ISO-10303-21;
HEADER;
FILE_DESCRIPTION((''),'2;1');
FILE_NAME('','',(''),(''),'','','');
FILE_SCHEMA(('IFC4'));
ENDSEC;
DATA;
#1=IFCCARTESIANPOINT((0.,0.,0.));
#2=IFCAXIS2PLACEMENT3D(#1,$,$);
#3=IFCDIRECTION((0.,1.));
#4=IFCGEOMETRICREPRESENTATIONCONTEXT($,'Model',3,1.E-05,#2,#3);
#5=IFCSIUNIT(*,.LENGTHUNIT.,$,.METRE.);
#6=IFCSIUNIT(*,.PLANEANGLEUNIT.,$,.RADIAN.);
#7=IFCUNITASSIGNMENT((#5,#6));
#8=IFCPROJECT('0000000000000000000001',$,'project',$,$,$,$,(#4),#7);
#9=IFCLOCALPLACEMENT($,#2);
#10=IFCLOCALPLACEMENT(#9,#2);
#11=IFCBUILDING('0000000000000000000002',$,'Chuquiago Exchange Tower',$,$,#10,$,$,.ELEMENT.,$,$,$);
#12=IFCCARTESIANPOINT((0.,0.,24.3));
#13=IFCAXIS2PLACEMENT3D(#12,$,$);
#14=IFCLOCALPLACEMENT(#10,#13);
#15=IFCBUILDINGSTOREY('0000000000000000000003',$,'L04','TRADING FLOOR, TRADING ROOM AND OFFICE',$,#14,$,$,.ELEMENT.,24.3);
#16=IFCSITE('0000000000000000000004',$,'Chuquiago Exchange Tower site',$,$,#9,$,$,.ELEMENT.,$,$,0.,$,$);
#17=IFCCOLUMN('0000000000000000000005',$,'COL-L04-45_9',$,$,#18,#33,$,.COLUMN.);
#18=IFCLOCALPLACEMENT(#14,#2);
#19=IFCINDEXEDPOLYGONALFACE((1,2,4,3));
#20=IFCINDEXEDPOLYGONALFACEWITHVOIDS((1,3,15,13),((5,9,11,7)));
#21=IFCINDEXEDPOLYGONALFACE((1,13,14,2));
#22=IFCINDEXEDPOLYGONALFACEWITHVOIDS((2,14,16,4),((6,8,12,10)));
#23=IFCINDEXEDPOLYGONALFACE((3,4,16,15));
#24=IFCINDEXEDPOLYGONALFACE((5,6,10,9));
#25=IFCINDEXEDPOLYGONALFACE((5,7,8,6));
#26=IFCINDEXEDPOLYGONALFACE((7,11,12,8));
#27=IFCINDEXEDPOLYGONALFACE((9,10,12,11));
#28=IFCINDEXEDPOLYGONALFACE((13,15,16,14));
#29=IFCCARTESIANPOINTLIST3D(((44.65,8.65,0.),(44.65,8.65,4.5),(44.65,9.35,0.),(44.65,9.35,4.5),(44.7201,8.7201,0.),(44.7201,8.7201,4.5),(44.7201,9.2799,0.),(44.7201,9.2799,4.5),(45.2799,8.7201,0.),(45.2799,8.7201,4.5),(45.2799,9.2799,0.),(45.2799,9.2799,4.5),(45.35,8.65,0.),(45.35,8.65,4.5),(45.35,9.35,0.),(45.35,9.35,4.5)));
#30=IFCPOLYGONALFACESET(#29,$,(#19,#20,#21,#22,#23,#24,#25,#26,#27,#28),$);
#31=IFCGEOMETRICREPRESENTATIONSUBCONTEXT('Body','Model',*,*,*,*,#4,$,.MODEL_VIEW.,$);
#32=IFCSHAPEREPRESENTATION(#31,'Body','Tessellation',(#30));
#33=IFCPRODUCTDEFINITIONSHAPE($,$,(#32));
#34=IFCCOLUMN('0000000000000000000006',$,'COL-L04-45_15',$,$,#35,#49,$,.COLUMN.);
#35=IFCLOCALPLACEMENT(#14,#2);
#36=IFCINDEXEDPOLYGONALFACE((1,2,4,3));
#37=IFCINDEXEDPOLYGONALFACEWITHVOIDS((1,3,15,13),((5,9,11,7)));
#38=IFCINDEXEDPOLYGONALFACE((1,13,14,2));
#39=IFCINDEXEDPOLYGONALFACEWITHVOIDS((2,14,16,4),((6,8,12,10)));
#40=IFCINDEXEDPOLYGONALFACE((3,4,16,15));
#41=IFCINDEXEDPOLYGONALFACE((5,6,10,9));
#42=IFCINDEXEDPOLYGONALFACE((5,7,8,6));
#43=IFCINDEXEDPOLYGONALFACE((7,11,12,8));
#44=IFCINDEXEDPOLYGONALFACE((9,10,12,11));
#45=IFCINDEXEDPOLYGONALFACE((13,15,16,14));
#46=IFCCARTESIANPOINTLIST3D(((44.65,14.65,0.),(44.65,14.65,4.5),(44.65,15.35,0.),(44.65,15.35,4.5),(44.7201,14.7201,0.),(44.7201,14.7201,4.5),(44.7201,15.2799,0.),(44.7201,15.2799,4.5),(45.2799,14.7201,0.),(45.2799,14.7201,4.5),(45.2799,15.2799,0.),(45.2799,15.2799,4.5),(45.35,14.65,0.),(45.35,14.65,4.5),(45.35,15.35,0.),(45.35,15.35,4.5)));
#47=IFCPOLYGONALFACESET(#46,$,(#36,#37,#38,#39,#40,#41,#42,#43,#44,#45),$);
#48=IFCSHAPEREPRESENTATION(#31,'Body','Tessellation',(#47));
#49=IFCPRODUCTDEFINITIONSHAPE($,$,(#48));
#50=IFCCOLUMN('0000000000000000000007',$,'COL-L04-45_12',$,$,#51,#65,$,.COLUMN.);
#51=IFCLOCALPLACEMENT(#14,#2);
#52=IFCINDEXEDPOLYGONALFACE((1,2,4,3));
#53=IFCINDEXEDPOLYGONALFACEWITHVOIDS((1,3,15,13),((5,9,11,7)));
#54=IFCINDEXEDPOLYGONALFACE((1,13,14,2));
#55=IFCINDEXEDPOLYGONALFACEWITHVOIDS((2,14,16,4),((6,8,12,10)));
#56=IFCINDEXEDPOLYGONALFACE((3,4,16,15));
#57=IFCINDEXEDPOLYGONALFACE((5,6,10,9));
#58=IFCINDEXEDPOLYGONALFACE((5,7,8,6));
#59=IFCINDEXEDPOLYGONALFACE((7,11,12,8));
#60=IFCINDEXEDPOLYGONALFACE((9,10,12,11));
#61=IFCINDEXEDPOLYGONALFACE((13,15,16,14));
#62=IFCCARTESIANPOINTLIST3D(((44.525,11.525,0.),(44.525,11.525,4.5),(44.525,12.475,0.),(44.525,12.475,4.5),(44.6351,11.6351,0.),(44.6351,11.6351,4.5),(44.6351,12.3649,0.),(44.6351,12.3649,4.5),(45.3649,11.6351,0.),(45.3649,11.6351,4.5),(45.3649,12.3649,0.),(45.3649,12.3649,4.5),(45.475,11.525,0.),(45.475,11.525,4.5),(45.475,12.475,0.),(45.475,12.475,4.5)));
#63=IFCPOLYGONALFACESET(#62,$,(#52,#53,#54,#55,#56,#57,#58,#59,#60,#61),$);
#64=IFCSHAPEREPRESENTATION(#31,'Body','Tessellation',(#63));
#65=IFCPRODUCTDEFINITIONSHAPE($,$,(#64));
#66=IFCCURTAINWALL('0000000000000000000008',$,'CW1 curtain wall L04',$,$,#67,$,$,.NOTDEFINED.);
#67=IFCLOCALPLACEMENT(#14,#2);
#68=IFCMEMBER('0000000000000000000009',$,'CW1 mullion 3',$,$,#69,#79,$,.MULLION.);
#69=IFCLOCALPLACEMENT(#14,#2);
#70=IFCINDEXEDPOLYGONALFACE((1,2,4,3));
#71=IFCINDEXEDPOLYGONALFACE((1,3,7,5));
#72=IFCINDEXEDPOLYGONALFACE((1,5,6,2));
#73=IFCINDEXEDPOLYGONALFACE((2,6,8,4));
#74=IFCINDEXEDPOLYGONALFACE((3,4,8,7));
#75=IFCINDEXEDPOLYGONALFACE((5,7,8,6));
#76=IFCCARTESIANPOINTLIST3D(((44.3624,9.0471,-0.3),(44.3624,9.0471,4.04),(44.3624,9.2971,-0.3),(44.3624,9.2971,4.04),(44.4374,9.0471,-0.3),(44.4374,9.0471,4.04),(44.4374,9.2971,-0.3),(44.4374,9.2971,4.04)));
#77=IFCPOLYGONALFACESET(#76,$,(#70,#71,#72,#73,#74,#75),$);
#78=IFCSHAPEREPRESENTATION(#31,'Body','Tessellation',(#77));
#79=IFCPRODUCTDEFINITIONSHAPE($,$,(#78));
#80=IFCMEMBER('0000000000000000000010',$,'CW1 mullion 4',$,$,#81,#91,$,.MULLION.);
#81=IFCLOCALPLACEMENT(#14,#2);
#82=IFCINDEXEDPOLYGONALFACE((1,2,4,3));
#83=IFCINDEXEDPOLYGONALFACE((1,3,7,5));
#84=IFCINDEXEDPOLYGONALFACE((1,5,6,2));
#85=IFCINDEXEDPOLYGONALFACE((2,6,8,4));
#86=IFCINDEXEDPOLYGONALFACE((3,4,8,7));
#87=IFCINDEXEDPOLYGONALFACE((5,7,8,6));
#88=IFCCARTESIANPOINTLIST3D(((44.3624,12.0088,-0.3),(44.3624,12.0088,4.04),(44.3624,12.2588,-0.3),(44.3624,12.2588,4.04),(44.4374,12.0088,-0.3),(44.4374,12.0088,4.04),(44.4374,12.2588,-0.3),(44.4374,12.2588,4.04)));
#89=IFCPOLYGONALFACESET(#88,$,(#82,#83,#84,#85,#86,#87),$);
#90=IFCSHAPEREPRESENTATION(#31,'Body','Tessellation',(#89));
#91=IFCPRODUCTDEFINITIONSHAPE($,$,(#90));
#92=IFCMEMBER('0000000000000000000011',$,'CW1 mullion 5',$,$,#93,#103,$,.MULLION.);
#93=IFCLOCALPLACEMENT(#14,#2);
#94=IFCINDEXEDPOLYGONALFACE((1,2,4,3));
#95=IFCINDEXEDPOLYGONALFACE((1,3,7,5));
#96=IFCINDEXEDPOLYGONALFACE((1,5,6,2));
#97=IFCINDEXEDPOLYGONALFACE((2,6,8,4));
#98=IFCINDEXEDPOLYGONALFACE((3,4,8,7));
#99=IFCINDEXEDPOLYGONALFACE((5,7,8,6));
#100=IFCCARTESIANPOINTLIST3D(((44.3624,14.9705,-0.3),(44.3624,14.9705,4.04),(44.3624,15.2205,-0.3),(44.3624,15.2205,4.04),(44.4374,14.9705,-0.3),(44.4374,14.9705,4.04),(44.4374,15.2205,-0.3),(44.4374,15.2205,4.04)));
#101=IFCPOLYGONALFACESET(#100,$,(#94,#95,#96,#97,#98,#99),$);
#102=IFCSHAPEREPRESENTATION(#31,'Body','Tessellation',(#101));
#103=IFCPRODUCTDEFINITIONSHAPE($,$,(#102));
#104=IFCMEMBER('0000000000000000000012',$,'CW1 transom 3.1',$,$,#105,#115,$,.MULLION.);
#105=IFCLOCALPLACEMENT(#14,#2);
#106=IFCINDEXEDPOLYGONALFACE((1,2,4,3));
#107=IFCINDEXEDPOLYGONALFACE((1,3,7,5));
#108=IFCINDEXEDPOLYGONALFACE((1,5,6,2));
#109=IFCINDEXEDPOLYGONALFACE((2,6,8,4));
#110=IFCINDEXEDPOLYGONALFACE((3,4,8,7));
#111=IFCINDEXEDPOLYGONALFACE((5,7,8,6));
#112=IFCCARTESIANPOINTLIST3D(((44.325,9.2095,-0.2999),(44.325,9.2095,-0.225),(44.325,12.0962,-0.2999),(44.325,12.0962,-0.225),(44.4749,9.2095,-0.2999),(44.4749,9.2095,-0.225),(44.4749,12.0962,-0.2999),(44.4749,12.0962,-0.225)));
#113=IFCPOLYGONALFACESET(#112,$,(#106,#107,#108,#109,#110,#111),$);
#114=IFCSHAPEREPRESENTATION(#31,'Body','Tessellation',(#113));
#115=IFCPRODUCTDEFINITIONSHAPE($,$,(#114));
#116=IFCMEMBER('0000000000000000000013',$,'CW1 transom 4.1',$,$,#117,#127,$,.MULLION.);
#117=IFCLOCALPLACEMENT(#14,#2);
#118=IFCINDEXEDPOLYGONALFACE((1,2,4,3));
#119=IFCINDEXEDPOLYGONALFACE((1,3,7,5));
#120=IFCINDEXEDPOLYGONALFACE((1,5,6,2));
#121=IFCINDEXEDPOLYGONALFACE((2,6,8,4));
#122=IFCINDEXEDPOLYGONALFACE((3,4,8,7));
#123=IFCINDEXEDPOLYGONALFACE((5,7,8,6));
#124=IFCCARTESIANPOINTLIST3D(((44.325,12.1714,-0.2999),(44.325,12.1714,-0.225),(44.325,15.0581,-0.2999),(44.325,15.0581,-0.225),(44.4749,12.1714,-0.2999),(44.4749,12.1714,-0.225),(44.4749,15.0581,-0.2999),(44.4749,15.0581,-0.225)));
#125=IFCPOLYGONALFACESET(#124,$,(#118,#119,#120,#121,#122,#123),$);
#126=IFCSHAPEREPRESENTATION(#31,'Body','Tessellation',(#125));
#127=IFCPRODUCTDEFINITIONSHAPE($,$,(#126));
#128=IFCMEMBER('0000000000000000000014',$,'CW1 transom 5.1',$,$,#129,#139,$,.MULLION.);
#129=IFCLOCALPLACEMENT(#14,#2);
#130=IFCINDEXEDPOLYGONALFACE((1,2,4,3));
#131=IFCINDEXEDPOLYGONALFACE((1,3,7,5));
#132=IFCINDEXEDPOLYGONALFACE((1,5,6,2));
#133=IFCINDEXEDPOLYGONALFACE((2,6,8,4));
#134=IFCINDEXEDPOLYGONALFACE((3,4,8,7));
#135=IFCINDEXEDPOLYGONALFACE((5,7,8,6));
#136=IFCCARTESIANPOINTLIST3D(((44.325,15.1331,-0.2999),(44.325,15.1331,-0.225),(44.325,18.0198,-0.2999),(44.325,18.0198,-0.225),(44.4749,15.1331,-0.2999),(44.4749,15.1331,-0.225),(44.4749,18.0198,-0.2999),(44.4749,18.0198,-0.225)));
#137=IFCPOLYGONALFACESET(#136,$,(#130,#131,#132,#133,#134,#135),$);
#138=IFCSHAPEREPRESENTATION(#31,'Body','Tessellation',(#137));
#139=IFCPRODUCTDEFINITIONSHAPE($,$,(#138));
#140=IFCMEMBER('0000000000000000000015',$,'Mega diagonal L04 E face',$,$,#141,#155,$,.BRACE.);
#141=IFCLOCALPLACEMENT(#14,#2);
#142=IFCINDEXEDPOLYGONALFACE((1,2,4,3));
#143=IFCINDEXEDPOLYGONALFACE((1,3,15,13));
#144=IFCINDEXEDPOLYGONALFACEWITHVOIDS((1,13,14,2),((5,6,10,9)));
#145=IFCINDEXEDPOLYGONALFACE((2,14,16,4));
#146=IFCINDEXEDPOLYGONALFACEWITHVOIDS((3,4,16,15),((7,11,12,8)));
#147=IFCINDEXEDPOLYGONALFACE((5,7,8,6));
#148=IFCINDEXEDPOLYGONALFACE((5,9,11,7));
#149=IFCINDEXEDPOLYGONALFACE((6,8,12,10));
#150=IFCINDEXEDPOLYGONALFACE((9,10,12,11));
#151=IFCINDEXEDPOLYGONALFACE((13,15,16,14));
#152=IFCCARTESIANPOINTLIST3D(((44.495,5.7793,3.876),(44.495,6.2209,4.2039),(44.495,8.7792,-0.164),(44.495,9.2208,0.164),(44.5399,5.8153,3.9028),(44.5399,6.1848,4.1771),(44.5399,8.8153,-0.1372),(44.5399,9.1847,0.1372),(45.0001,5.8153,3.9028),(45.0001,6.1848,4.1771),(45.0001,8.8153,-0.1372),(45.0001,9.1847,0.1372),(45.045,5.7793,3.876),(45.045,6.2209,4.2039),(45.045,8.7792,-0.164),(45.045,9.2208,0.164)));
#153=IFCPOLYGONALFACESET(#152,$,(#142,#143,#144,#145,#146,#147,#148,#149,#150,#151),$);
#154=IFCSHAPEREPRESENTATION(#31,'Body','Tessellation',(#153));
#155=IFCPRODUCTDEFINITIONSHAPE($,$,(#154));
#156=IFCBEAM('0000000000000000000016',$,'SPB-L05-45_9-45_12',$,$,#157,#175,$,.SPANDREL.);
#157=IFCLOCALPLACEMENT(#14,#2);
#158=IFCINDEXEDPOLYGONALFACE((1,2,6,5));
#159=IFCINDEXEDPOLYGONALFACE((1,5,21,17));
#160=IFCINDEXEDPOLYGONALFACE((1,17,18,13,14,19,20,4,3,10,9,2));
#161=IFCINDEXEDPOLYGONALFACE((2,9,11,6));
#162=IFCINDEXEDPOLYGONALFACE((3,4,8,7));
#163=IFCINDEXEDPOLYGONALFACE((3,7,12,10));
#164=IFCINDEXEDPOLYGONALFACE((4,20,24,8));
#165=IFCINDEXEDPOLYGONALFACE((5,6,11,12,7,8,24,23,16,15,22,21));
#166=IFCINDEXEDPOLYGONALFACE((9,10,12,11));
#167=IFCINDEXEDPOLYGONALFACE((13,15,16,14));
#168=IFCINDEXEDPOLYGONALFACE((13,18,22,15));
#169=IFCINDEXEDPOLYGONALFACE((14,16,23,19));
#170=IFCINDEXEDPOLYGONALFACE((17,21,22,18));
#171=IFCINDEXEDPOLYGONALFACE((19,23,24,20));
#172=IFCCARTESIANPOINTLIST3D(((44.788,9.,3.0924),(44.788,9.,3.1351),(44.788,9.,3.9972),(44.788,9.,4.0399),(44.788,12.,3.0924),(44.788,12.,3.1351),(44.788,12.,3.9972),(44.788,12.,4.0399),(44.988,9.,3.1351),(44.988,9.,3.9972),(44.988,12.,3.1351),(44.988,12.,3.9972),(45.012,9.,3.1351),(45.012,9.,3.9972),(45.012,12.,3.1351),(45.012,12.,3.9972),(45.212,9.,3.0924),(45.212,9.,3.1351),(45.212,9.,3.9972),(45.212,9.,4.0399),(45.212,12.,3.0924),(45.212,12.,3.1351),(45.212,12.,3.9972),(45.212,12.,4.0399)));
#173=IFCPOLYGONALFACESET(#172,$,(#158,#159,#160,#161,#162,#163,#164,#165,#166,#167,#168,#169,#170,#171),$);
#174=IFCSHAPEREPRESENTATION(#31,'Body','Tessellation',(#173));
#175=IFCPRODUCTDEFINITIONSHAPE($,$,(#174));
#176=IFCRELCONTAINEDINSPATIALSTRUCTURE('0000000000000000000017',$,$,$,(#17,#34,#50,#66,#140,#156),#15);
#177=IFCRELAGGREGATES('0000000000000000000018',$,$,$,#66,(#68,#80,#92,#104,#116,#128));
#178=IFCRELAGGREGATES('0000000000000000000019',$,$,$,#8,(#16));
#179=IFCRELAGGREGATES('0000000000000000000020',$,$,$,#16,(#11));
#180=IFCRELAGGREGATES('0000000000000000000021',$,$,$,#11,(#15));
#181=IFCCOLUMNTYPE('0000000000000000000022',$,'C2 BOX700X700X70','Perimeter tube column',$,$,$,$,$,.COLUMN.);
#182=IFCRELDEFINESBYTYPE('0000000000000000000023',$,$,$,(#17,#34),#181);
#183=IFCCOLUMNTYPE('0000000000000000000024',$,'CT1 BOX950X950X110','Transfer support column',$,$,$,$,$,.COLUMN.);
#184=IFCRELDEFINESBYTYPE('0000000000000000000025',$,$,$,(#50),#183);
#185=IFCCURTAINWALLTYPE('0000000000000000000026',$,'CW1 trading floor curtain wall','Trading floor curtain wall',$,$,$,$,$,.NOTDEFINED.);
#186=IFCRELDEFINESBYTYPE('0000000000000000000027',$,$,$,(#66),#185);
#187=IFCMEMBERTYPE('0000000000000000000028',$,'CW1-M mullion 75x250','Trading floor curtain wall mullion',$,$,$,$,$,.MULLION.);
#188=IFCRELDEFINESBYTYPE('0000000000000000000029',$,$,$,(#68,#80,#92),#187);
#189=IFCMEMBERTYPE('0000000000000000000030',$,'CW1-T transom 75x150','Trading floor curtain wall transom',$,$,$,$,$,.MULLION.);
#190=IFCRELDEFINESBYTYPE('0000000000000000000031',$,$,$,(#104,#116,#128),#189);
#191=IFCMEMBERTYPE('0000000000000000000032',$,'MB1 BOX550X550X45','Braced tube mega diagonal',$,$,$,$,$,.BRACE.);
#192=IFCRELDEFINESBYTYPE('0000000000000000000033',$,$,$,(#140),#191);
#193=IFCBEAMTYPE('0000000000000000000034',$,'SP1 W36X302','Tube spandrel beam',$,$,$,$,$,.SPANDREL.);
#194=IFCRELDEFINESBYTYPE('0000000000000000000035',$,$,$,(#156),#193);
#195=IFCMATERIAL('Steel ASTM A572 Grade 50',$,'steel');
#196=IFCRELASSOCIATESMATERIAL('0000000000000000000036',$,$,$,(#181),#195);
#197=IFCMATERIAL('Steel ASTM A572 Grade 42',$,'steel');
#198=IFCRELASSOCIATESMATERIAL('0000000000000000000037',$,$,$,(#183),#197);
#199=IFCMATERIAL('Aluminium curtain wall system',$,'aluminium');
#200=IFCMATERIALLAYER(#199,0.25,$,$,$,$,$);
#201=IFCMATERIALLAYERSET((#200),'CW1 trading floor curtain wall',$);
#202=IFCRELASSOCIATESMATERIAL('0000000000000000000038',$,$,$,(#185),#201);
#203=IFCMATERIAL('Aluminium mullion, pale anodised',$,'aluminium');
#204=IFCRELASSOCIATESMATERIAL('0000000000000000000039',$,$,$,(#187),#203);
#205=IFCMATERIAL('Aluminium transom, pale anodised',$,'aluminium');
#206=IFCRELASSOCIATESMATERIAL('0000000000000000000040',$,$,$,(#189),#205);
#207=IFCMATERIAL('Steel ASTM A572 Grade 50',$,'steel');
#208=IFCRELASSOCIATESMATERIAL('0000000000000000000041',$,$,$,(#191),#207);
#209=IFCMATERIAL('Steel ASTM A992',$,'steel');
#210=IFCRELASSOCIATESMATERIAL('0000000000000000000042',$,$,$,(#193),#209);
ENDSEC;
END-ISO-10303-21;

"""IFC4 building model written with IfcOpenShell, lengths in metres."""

from ifc_helpers import new_model, si_unit, direction, frame, origin, origin_2d, place, context, subcontext, project, spatial, rectangle, hollow_rectangle, i_section, extrude, material, layer, layer_set, material_profile, profile_set, type_object, element, aggregate, save


model = new_model("IFC4")

# Units and contexts
model_context = context("Model", 3, precision=1e-05, world=origin(), true_north=direction((0.0, 1.0)))
body_context = subcontext(model_context, "Body", "Model", "MODEL_VIEW")
ifc_project = project(units=[si_unit("LENGTHUNIT", "METRE"), si_unit("PLANEANGLEUNIT", "RADIAN")], contexts=[model_context])

# Site, building, storey
site_placement = place(None, origin())
site = spatial("IfcSite", under=ifc_project, at=site_placement, Name="Chuquiago Exchange Tower site", CompositionType="ELEMENT", RefElevation=0.0)
building_placement = place(site_placement, origin())
building = spatial("IfcBuilding", under=site, at=building_placement, Name="Chuquiago Exchange Tower", CompositionType="ELEMENT")
storey_placement = place(building_placement, frame((0.0, 0.0, 24.3)))
storey = spatial("IfcBuildingStorey", under=building, at=storey_placement, Name="L04", Description="TRADING FLOOR, TRADING ROOM AND OFFICE", CompositionType="ELEMENT", Elevation=24.3)

# Columns
ifc_material_1 = material(Name="Steel ASTM A572 Grade 50", Category="steel")
ifc_material_profile_1 = material_profile(ifc_material_1, hollow_rectangle(XDim=0.7, YDim=0.7, WallThickness=0.0701, at=origin_2d()), Name="BOX700X700X70")
ifc_profile_set_1 = profile_set([ifc_material_profile_1], Name="Steel ASTM A572 Grade 50")
column_type_1 = type_object("IfcColumnType", Name="C2 BOX700X700X70", Description="Perimeter tube column", PredefinedType="COLUMN", material=ifc_profile_set_1)
for number, where, z_axis, x_axis, name in (
    (1, (45.0, 9.0, 0.0), (0.0, 0.0, 1.0), (1.0, 0.0, 0.0), "COL-L04-45_9"),
    (2, (45.0, 15.0, 0.0), (0.0, 0.0, 1.0), (1.0, 0.0, 0.0), "COL-L04-45_15"),
):
    element("IfcColumn", number, at=place(storey_placement, frame(where, z_axis=z_axis, x_axis=x_axis)), inside=storey, type_object=column_type_1, Name=name, PredefinedType="COLUMN", context=body_context, shape_type="SweptSolid", body=[
        extrude(hollow_rectangle(XDim=0.7, YDim=0.7, WallThickness=0.0701, at=origin_2d()), origin(), (0.0, 0.0, 1.0), 4.5),
    ])
ifc_material_2 = material(Name="Steel ASTM A572 Grade 42", Category="steel")
ifc_material_profile_2 = material_profile(ifc_material_2, hollow_rectangle(XDim=0.95, YDim=0.95, WallThickness=0.1101, at=origin_2d()), Name="BOX950X950X110")
ifc_profile_set_2 = profile_set([ifc_material_profile_2], Name="Steel ASTM A572 Grade 42")
column_type_2 = type_object("IfcColumnType", Name="CT1 BOX950X950X110", Description="Transfer support column", PredefinedType="COLUMN", material=ifc_profile_set_2)
column_placement = place(storey_placement, frame((45.0, 12.0, 0.0), z_axis=(0.0, 0.0, 1.0), x_axis=(1.0, 0.0, 0.0)))
element("IfcColumn", 3, at=column_placement, inside=storey, type_object=column_type_2, Name="COL-L04-45_12", PredefinedType="COLUMN", context=body_context, shape_type="SweptSolid", body=[
    extrude(hollow_rectangle(XDim=0.95, YDim=0.95, WallThickness=0.1101, at=origin_2d()), origin(), (0.0, 0.0, 1.0), 4.5),
])

# Curtain wall, members
ifc_material_3 = material(Name="Aluminium curtain wall system", Category="aluminium")
ifc_layer_1 = layer(ifc_material_3, 0.25)
ifc_layer_set_1 = layer_set([ifc_layer_1], Name="CW1 trading floor curtain wall")
curtain_wall_type = type_object("IfcCurtainWallType", Name="CW1 trading floor curtain wall", Description="Trading floor curtain wall", PredefinedType="NOTDEFINED", material=ifc_layer_set_1)
curtain_wall_placement = place(storey_placement, origin())
curtain_wall = element("IfcCurtainWall", 4, at=curtain_wall_placement, inside=storey, type_object=curtain_wall_type, Name="CW1 curtain wall L04", PredefinedType="NOTDEFINED")
ifc_material_4 = material(Name="Aluminium mullion, pale anodised", Category="aluminium")
ifc_material_profile_3 = material_profile(ifc_material_4, rectangle(XDim=0.075, YDim=0.25, at=origin_2d()), Name="AL 75x250")
ifc_profile_set_3 = profile_set([ifc_material_profile_3], Name="Aluminium mullion, pale anodised")
member_type_1 = type_object("IfcMemberType", Name="CW1-M mullion 75x250", Description="Trading floor curtain wall mullion", PredefinedType="MULLION", material=ifc_profile_set_3)
member_1_placement = place(storey_placement, frame((44.3999, 9.1721, -0.3), z_axis=(0.0, 0.0, 1.0), x_axis=(-1.0, 0.0, 0.0)))
member_1 = element("IfcMember", 5, at=member_1_placement, type_object=member_type_1, Name="CW1 mullion 3", PredefinedType="MULLION", context=body_context, shape_type="SweptSolid", body=[
    extrude(rectangle(XDim=0.075, YDim=0.25, at=origin_2d()), origin(), (0.0, 0.0, 1.0), 4.3401),
])
member_2_placement = place(storey_placement, frame((44.3999, 12.1338, -0.3), z_axis=(0.0, 0.0, 1.0), x_axis=(-1.0, 0.0, 0.0)))
member_2 = element("IfcMember", 6, at=member_2_placement, type_object=member_type_1, Name="CW1 mullion 4", PredefinedType="MULLION", context=body_context, shape_type="SweptSolid", body=[
    extrude(rectangle(XDim=0.075, YDim=0.25, at=origin_2d()), origin(), (0.0, 0.0, 1.0), 4.3401),
])
member_3_placement = place(storey_placement, frame((44.3999, 15.0955, -0.3), z_axis=(0.0, 0.0, 1.0), x_axis=(-1.0, 0.0, 0.0)))
member_3 = element("IfcMember", 7, at=member_3_placement, type_object=member_type_1, Name="CW1 mullion 5", PredefinedType="MULLION", context=body_context, shape_type="SweptSolid", body=[
    extrude(rectangle(XDim=0.075, YDim=0.25, at=origin_2d()), origin(), (0.0, 0.0, 1.0), 4.3401),
])
ifc_material_5 = material(Name="Aluminium transom, pale anodised", Category="aluminium")
ifc_material_profile_4 = material_profile(ifc_material_5, rectangle(XDim=0.1499, YDim=0.075, at=origin_2d()), Name="AL 150x75")
ifc_profile_set_4 = profile_set([ifc_material_profile_4], Name="Aluminium transom, pale anodised")
member_type_2 = type_object("IfcMemberType", Name="CW1-T transom 75x150", Description="Trading floor curtain wall transom", PredefinedType="MULLION", material=ifc_profile_set_4)
member_4_placement = place(storey_placement, frame((44.3999, 9.2095, -0.2625), z_axis=(0.0, 1.0, 0.0), x_axis=(-1.0, 0.0, 0.0)))
member_4 = element("IfcMember", 8, at=member_4_placement, type_object=member_type_2, Name="CW1 transom 3.1", PredefinedType="MULLION", context=body_context, shape_type="SweptSolid", body=[
    extrude(rectangle(XDim=0.1499, YDim=0.075, at=origin_2d()), origin(), (0.0, 0.0, 1.0), 2.8867),
])
member_5_placement = place(storey_placement, frame((44.3999, 12.1714, -0.2625), z_axis=(0.0, 1.0, 0.0), x_axis=(-1.0, 0.0, 0.0)))
member_5 = element("IfcMember", 9, at=member_5_placement, type_object=member_type_2, Name="CW1 transom 4.1", PredefinedType="MULLION", context=body_context, shape_type="SweptSolid", body=[
    extrude(rectangle(XDim=0.1499, YDim=0.075, at=origin_2d()), origin(), (0.0, 0.0, 1.0), 2.8867),
])
member_6_placement = place(storey_placement, frame((44.3999, 15.1331, -0.2625), z_axis=(0.0, 1.0, 0.0), x_axis=(-1.0, 0.0, 0.0)))
member_6 = element("IfcMember", 10, at=member_6_placement, type_object=member_type_2, Name="CW1 transom 5.1", PredefinedType="MULLION", context=body_context, shape_type="SweptSolid", body=[
    extrude(rectangle(XDim=0.1499, YDim=0.075, at=origin_2d()), origin(), (0.0, 0.0, 1.0), 2.8867),
])

# Member
ifc_material_6 = material(Name="Steel ASTM A572 Grade 50", Category="steel")
ifc_material_profile_5 = material_profile(ifc_material_6, hollow_rectangle(XDim=0.55, YDim=0.55, WallThickness=0.0449, at=origin_2d()), Name="BOX550X550X45")
ifc_profile_set_5 = profile_set([ifc_material_profile_5], Name="Steel ASTM A572 Grade 50")
member_type_3 = type_object("IfcMemberType", Name="MB1 BOX550X550X45", Description="Braced tube mega diagonal", PredefinedType="BRACE", material=ifc_profile_set_5)
member_7_placement = place(storey_placement, frame((44.77, 9.0, 0.0), z_axis=(0.0, -0.596174, 0.802855), x_axis=(1.0, 0.0, 0.0)))
element("IfcMember", 11, at=member_7_placement, inside=storey, type_object=member_type_3, Name="Mega diagonal L04 E face", PredefinedType="BRACE", context=body_context, shape_type="SweptSolid", body=[
    extrude(hollow_rectangle(XDim=0.55, YDim=0.55, WallThickness=0.0449, at=origin_2d()), origin(), (0.0, 0.0, 1.0), 5.032),
])

# Beam
ifc_material_7 = material(Name="Steel ASTM A992", Category="steel")
ifc_material_profile_6 = material_profile(ifc_material_7, i_section(OverallWidth=0.4241, OverallDepth=0.9475, WebThickness=0.0239, FlangeThickness=0.0427, at=origin_2d()), Name="W36X302")
ifc_profile_set_6 = profile_set([ifc_material_profile_6], Name="Steel ASTM A992")
beam_type = type_object("IfcBeamType", Name="SP1 W36X302", Description="Tube spandrel beam", PredefinedType="SPANDREL", material=ifc_profile_set_6)
for number, where, z_axis, x_axis, name in (
    (12, (45.0, 9.0, 3.5662), (0.0, 1.0, 0.0), (-1.0, 0.0, 0.0), "SPB-L05-45_9-45_12"),
):
    element("IfcBeam", number, at=place(storey_placement, frame(where, z_axis=z_axis, x_axis=x_axis)), inside=storey, type_object=beam_type, Name=name, PredefinedType="SPANDREL", context=body_context, shape_type="SweptSolid", body=[
        extrude(i_section(OverallWidth=0.4241, OverallDepth=0.9475, WebThickness=0.0239, FlangeThickness=0.0427, at=origin_2d()), origin(), (0.0, 0.0, 1.0), 3.0),
    ])

aggregate(curtain_wall, [member_1, member_2, member_3, member_4, member_5, member_6])

save(model, "model.ifc")
